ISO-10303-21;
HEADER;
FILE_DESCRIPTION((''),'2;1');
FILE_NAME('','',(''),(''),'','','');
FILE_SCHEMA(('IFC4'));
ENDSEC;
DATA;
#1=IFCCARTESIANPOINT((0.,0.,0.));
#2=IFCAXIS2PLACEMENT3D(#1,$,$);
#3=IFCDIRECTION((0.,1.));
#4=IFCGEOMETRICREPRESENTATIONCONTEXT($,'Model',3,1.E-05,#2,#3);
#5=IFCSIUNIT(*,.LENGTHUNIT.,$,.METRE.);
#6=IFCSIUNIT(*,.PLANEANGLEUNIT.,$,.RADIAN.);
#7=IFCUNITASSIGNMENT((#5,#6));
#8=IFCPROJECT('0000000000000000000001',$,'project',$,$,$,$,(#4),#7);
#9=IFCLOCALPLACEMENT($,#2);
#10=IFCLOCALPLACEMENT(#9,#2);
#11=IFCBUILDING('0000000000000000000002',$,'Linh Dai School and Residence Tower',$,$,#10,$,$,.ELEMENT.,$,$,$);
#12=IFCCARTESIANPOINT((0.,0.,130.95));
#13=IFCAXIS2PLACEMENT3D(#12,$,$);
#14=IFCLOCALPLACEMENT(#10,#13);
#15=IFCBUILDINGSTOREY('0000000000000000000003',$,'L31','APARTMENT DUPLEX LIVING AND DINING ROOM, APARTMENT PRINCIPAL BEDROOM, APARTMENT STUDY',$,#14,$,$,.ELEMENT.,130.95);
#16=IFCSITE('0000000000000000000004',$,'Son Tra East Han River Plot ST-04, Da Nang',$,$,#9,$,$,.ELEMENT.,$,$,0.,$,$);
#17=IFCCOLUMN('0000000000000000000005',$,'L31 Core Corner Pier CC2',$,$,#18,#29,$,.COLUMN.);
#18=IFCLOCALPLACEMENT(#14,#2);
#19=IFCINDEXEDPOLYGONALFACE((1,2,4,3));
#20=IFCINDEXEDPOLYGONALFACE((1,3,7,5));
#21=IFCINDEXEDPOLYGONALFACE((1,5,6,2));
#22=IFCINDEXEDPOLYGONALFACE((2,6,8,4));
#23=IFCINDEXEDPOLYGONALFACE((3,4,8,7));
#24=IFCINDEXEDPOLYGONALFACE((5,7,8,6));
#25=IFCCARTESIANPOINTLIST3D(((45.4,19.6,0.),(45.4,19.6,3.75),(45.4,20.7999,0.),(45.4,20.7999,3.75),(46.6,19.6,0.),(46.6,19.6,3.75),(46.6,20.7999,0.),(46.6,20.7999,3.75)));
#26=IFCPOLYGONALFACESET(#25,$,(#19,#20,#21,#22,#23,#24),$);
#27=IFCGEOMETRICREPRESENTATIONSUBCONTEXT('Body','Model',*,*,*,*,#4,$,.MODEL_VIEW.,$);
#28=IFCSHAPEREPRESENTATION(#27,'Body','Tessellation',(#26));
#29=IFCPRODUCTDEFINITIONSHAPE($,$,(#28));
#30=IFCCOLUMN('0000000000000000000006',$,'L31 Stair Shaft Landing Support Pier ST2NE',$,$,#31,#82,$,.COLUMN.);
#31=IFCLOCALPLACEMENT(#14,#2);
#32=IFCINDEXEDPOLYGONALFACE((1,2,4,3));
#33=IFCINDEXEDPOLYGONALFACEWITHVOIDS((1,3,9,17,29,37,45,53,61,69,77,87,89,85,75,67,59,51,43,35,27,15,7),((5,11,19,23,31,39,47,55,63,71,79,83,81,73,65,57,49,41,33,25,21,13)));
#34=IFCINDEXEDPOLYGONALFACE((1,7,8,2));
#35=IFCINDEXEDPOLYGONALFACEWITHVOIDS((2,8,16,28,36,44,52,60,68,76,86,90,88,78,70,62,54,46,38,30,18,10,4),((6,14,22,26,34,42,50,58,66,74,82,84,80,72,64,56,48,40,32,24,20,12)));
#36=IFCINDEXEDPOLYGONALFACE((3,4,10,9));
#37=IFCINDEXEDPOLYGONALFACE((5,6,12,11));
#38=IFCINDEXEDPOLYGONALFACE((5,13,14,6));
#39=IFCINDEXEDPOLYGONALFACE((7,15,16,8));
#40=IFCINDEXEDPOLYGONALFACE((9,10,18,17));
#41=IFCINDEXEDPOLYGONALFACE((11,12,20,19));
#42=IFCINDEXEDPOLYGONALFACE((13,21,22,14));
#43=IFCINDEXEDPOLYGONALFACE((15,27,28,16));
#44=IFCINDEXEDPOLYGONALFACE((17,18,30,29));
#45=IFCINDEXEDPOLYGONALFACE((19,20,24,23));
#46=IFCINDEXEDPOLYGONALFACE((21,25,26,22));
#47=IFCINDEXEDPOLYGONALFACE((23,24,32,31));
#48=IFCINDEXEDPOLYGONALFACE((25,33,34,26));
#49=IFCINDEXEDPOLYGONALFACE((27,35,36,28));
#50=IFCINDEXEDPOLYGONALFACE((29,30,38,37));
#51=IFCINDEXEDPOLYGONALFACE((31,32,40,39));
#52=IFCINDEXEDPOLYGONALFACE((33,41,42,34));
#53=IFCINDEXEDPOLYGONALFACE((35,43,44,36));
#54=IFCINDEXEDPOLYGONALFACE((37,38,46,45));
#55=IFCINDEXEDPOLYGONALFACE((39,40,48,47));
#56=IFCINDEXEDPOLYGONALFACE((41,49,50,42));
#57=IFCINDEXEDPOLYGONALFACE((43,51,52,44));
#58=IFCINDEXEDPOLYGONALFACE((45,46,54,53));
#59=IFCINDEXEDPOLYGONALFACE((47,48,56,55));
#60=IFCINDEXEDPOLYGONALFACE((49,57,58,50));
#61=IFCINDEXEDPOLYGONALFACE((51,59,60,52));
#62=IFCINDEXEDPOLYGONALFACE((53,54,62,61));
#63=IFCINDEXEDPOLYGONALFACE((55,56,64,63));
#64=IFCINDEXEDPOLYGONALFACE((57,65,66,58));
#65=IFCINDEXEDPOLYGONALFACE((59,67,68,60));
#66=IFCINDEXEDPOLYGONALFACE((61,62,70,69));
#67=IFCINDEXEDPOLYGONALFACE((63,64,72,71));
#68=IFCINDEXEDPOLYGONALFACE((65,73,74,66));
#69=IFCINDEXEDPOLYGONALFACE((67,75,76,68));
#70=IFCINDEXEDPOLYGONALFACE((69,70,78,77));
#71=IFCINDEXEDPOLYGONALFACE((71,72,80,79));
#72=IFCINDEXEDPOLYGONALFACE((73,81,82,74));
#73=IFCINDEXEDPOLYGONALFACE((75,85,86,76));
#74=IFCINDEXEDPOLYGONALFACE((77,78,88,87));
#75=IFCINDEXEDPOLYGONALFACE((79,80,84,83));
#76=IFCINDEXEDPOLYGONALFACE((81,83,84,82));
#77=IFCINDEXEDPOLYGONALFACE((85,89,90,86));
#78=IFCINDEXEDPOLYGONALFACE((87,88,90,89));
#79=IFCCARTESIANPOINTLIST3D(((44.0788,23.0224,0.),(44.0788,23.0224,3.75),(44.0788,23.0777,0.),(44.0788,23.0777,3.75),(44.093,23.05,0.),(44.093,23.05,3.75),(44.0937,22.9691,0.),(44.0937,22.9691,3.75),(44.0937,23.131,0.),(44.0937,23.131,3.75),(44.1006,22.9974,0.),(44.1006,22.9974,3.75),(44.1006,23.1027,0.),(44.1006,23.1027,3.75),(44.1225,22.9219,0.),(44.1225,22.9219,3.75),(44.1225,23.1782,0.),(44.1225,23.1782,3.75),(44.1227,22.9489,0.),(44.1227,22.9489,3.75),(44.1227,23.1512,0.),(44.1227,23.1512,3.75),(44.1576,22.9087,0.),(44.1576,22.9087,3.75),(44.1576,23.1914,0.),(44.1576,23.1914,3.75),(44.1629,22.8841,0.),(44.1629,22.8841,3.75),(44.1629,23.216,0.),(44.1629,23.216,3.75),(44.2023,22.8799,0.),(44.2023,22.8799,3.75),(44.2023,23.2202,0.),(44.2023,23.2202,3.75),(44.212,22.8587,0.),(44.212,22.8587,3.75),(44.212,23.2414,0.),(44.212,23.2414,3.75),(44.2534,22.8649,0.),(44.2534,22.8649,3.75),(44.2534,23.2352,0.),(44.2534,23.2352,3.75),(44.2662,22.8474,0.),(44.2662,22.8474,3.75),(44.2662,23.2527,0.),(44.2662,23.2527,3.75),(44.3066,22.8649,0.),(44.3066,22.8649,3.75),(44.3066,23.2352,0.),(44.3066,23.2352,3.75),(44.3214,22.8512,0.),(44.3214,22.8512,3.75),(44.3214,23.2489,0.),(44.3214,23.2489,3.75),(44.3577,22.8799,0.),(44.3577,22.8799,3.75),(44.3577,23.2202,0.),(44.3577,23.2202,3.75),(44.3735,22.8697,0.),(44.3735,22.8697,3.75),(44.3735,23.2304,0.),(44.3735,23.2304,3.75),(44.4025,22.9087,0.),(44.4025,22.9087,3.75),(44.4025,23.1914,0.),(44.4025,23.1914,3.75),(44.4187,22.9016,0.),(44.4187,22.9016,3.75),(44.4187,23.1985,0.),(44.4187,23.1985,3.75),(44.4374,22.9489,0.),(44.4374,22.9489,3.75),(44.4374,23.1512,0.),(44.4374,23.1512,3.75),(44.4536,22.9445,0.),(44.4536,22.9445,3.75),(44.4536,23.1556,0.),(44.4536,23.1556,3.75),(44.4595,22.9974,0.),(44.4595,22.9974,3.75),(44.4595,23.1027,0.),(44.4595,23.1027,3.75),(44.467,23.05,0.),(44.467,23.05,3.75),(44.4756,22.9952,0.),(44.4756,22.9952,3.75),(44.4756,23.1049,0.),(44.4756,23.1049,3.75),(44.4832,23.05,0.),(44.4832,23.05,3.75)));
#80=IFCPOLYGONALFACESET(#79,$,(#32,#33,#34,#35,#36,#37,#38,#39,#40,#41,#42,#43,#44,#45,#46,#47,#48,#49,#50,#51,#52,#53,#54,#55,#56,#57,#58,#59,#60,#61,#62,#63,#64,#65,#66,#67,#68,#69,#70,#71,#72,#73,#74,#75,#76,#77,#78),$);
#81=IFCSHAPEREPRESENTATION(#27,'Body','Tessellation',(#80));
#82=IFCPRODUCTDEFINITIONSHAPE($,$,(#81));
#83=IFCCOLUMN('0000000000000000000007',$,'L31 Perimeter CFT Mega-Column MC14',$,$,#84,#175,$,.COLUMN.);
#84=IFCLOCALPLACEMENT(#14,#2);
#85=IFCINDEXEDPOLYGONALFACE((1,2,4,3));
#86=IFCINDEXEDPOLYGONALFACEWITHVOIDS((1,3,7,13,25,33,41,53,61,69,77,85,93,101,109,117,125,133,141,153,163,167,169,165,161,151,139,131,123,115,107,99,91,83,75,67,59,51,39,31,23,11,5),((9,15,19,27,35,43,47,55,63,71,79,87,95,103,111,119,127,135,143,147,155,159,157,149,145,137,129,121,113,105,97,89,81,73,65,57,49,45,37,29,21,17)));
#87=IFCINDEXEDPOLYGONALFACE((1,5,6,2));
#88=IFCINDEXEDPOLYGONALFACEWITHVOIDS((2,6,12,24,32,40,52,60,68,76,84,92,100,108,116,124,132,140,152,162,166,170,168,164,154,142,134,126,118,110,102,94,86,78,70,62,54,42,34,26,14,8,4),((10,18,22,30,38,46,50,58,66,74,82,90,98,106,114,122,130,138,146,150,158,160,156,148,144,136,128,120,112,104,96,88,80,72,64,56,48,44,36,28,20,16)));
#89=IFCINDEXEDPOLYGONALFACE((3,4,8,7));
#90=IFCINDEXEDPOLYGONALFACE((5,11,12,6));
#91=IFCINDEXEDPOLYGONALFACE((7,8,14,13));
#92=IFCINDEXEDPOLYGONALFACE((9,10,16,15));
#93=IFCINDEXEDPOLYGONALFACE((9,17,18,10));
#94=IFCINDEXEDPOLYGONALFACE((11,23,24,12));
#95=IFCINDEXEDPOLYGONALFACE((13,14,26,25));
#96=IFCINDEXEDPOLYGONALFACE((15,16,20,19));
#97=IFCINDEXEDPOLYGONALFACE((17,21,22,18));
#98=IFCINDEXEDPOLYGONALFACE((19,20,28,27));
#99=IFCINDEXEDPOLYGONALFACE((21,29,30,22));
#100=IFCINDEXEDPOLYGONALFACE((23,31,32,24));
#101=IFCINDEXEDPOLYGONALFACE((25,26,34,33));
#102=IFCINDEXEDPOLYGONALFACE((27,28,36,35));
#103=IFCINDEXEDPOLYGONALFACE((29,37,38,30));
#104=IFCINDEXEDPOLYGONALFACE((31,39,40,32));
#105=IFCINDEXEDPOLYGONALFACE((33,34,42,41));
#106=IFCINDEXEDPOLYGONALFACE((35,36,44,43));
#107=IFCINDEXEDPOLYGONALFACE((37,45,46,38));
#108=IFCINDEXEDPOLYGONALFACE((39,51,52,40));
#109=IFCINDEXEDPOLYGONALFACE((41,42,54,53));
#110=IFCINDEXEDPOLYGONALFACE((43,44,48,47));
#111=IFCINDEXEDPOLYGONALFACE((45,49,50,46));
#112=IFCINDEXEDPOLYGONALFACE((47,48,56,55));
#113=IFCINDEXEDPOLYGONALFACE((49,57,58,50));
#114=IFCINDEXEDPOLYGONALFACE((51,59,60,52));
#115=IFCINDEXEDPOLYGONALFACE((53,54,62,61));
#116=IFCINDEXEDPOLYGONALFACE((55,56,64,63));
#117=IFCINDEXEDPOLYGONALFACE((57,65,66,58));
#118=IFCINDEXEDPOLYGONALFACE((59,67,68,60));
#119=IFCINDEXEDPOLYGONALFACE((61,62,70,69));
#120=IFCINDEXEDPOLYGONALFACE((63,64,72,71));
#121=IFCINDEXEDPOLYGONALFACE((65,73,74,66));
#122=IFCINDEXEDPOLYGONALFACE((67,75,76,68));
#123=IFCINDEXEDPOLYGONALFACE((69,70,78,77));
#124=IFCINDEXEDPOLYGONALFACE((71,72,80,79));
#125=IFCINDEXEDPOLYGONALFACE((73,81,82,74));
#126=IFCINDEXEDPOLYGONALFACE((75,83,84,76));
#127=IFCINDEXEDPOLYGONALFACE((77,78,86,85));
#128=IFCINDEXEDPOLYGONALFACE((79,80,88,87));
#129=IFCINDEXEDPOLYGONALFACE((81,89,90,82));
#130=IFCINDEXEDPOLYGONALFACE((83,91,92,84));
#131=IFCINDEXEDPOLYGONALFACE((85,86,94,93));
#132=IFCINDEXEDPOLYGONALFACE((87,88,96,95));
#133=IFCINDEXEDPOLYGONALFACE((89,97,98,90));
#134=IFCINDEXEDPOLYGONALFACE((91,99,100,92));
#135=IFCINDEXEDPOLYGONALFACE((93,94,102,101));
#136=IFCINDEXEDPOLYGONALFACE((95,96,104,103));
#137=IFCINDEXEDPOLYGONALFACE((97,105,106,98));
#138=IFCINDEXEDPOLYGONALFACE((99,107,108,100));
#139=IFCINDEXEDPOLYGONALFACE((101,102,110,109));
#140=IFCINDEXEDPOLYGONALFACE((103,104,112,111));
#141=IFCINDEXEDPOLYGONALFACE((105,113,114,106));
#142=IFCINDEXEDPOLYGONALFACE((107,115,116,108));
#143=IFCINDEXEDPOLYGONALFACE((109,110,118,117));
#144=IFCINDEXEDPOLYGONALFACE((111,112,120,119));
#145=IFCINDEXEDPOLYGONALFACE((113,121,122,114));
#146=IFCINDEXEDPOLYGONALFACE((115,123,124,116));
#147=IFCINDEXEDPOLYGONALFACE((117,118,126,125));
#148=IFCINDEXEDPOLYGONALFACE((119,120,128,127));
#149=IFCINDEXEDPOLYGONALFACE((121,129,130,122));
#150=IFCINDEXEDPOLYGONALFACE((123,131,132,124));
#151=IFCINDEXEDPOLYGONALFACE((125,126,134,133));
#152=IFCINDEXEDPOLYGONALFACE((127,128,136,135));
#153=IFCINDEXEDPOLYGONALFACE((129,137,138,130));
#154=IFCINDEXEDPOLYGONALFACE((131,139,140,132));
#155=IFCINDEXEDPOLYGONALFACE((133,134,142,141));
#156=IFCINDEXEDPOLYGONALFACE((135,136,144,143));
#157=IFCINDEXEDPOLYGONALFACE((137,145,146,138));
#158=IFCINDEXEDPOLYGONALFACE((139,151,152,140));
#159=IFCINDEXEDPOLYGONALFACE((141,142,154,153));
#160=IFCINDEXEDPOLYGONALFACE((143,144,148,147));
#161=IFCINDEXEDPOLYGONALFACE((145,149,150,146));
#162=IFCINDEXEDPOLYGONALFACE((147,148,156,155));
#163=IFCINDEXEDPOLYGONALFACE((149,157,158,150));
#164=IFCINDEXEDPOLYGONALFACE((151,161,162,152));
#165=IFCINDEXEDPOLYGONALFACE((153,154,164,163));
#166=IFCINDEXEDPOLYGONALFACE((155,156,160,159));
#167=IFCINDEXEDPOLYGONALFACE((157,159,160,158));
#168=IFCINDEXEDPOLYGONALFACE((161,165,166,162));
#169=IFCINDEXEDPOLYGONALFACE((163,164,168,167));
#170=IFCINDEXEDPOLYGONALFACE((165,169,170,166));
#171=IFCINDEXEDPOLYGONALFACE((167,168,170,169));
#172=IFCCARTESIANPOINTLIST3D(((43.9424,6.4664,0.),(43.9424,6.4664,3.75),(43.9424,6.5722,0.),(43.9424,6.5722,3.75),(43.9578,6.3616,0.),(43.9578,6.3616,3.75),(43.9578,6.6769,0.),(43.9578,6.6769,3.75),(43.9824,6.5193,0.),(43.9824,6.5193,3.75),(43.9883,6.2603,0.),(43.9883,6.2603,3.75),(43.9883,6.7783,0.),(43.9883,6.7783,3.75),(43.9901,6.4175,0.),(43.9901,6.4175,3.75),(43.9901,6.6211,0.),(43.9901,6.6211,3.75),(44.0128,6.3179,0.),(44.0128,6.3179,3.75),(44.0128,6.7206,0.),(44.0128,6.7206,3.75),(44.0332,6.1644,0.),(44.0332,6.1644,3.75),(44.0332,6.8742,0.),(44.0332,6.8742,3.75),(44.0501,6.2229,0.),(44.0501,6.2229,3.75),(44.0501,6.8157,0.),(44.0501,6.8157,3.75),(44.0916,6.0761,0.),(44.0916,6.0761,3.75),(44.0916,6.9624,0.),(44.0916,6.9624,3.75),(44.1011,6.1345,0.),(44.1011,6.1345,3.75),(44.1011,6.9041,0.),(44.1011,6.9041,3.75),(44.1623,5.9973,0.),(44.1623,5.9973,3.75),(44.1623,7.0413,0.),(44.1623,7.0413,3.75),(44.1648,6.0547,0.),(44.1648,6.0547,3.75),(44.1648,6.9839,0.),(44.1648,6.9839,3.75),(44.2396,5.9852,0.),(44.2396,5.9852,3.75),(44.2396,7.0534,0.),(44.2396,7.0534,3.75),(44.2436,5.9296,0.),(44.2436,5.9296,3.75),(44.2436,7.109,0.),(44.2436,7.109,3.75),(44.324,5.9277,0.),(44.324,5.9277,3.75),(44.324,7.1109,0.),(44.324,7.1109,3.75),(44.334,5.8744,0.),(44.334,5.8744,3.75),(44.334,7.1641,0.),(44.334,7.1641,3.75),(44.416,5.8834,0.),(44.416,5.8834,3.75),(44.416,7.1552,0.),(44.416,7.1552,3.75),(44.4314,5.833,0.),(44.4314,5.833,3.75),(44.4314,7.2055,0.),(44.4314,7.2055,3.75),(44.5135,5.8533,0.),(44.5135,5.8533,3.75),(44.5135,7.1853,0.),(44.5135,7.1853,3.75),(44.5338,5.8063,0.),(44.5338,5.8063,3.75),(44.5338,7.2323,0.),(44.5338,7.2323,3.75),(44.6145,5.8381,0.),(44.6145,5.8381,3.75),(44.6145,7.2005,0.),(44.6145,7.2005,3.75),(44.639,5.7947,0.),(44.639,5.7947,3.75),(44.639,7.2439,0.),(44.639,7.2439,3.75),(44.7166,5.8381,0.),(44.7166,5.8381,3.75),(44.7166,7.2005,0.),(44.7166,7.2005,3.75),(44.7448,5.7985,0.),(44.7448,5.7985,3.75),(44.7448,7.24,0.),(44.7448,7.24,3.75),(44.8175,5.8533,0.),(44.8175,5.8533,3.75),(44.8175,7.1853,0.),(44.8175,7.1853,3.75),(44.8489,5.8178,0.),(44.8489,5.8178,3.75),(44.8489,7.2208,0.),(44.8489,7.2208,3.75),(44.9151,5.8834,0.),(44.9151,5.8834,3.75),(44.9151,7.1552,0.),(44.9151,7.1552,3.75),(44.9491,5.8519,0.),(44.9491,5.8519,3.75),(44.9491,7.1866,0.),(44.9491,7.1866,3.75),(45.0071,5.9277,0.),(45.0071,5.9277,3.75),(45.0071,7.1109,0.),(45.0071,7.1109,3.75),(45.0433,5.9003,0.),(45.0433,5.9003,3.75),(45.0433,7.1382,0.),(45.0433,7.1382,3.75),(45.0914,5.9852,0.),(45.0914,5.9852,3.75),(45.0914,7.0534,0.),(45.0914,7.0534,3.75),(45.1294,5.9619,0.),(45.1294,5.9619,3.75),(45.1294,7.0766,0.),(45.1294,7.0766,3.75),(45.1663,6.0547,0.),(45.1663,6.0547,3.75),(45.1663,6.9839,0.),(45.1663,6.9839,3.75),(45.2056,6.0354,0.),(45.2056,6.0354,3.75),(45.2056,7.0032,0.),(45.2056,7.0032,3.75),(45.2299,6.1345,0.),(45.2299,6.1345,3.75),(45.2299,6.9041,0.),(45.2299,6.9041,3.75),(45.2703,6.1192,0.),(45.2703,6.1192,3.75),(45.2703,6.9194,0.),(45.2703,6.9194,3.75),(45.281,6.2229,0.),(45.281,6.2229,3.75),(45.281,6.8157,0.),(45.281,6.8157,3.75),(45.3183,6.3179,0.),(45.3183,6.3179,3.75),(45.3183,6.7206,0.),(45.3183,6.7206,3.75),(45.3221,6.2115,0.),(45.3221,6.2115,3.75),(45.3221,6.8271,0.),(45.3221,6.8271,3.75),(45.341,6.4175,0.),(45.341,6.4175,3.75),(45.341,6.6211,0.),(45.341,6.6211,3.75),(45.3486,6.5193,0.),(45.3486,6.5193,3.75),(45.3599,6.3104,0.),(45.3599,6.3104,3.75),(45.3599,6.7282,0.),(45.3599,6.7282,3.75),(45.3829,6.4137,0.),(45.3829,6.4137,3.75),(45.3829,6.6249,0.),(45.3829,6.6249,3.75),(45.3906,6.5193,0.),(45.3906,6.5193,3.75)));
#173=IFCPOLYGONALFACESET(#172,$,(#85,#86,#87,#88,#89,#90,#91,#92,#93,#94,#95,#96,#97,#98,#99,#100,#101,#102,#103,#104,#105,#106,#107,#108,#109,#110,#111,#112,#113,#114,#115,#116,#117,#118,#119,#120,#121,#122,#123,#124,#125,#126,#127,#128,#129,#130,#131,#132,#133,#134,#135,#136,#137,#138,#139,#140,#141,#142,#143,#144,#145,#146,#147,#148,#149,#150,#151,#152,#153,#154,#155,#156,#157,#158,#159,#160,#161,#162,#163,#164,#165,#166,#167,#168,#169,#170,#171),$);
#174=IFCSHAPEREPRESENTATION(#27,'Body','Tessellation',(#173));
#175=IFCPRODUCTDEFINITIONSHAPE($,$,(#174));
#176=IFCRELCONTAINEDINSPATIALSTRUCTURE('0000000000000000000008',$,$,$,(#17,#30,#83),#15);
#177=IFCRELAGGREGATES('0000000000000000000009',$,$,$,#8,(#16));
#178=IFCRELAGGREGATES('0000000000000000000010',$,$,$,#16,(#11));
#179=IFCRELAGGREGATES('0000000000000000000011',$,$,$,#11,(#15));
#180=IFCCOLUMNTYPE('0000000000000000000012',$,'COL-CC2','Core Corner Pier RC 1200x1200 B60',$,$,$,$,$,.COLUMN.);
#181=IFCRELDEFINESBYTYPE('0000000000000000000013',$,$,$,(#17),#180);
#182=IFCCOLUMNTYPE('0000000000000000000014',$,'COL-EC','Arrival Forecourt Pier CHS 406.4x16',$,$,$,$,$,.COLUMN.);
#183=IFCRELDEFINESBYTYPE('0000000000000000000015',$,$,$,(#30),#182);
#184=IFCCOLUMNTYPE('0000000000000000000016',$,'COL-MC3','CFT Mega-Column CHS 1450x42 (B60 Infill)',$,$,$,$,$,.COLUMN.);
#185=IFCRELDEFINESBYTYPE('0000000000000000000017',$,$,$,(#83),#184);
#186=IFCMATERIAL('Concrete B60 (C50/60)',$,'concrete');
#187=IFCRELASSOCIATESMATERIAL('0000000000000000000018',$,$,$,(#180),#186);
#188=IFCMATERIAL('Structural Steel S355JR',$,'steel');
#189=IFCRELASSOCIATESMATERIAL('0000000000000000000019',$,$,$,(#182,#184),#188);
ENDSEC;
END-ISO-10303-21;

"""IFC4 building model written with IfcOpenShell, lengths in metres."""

from ifc_helpers import new_model, si_unit, direction, frame, origin, origin_2d, place, context, subcontext, project, spatial, rectangle, hollow_circle, extrude, material, material_profile, profile_set, type_object, element, save


model = new_model("IFC4")

# Units and contexts
model_context = context("Model", 3, precision=1e-05, world=origin(), true_north=direction((0.0, 1.0)))
body_context = subcontext(model_context, "Body", "Model", "MODEL_VIEW")
ifc_project = project(units=[si_unit("LENGTHUNIT", "METRE"), si_unit("PLANEANGLEUNIT", "RADIAN")], contexts=[model_context])

# Site, building, storey
site_placement = place(None, origin())
site = spatial("IfcSite", under=ifc_project, at=site_placement, Name="Son Tra East Han River Plot ST-04, Da Nang", CompositionType="ELEMENT", RefElevation=0.0)
building_placement = place(site_placement, origin())
building = spatial("IfcBuilding", under=site, at=building_placement, Name="Linh Dai School and Residence Tower", CompositionType="ELEMENT")
storey_placement = place(building_placement, frame((0.0, 0.0, 130.95)))
storey = spatial("IfcBuildingStorey", under=building, at=storey_placement, Name="L31", Description="APARTMENT DUPLEX LIVING AND DINING ROOM, APARTMENT PRINCIPAL BEDROOM, APARTMENT STUDY", CompositionType="ELEMENT", Elevation=130.95)

# Columns
ifc_material_1 = material(Name="Concrete B60 (C50/60)", Category="concrete")
ifc_material_profile_1 = material_profile(ifc_material_1, rectangle(XDim=1.2, YDim=1.2, at=origin_2d()), Name="RC 1200x1200")
ifc_profile_set_1 = profile_set([ifc_material_profile_1], Name="Concrete B60 (C50/60)")
column_type_1 = type_object("IfcColumnType", Name="COL-CC2", Description="Core Corner Pier RC 1200x1200 B60", PredefinedType="COLUMN", material=ifc_profile_set_1)
column_1_placement = place(storey_placement, frame((46.0, 20.2, 0.0), z_axis=(0.0, 0.0, 1.0), x_axis=(1.0, 0.0, 0.0)))
element("IfcColumn", 1, at=column_1_placement, inside=storey, type_object=column_type_1, Name="L31 Core Corner Pier CC2", PredefinedType="COLUMN", context=body_context, shape_type="SweptSolid", body=[
    extrude(rectangle(XDim=1.2, YDim=1.2, at=origin_2d()), origin(), (0.0, 0.0, 1.0), 3.75),
])
ifc_material_2 = material(Name="Structural Steel S355JR", Category="steel")
ifc_material_profile_2 = material_profile(ifc_material_2, hollow_circle(Radius=0.2031, WallThickness=0.0161, at=origin_2d()), Name="CHS 406.4x16")
ifc_profile_set_2 = profile_set([ifc_material_profile_2], Name="Structural Steel S355JR")
column_type_2 = type_object("IfcColumnType", Name="COL-EC", Description="Arrival Forecourt Pier CHS 406.4x16", PredefinedType="COLUMN", material=ifc_profile_set_2)
column_2_placement = place(storey_placement, frame((44.28, 23.05, 0.0), z_axis=(0.0, 0.0, 1.0), x_axis=(1.0, 0.0, 0.0)))
element("IfcColumn", 2, at=column_2_placement, inside=storey, type_object=column_type_2, Name="L31 Stair Shaft Landing Support Pier ST2NE", PredefinedType="COLUMN", context=body_context, shape_type="SweptSolid", body=[
    extrude(hollow_circle(Radius=0.2031, WallThickness=0.0161, at=origin_2d()), origin(), (0.0, 0.0, 1.0), 3.75),
])
ifc_material_profile_3 = material_profile(ifc_material_2, hollow_circle(Radius=0.7251, WallThickness=0.042, at=origin_2d()), Name="CHS 1450x42")
ifc_profile_set_3 = profile_set([ifc_material_profile_3], Name="Structural Steel S355JR")
column_type_3 = type_object("IfcColumnType", Name="COL-MC3", Description="CFT Mega-Column CHS 1450x42 (B60 Infill)", PredefinedType="COLUMN", material=ifc_profile_set_3)
column_3_placement = place(storey_placement, frame((44.6655, 6.5193, 0.0), z_axis=(0.0, 0.0, 1.0), x_axis=(1.0, 0.0, 0.0)))
element("IfcColumn", 3, at=column_3_placement, inside=storey, type_object=column_type_3, Name="L31 Perimeter CFT Mega-Column MC14", PredefinedType="COLUMN", context=body_context, shape_type="SweptSolid", body=[
    extrude(hollow_circle(Radius=0.7251, WallThickness=0.042, at=origin_2d()), origin(), (0.0, 0.0, 1.0), 3.75),
])

save(model, "model.ifc")
